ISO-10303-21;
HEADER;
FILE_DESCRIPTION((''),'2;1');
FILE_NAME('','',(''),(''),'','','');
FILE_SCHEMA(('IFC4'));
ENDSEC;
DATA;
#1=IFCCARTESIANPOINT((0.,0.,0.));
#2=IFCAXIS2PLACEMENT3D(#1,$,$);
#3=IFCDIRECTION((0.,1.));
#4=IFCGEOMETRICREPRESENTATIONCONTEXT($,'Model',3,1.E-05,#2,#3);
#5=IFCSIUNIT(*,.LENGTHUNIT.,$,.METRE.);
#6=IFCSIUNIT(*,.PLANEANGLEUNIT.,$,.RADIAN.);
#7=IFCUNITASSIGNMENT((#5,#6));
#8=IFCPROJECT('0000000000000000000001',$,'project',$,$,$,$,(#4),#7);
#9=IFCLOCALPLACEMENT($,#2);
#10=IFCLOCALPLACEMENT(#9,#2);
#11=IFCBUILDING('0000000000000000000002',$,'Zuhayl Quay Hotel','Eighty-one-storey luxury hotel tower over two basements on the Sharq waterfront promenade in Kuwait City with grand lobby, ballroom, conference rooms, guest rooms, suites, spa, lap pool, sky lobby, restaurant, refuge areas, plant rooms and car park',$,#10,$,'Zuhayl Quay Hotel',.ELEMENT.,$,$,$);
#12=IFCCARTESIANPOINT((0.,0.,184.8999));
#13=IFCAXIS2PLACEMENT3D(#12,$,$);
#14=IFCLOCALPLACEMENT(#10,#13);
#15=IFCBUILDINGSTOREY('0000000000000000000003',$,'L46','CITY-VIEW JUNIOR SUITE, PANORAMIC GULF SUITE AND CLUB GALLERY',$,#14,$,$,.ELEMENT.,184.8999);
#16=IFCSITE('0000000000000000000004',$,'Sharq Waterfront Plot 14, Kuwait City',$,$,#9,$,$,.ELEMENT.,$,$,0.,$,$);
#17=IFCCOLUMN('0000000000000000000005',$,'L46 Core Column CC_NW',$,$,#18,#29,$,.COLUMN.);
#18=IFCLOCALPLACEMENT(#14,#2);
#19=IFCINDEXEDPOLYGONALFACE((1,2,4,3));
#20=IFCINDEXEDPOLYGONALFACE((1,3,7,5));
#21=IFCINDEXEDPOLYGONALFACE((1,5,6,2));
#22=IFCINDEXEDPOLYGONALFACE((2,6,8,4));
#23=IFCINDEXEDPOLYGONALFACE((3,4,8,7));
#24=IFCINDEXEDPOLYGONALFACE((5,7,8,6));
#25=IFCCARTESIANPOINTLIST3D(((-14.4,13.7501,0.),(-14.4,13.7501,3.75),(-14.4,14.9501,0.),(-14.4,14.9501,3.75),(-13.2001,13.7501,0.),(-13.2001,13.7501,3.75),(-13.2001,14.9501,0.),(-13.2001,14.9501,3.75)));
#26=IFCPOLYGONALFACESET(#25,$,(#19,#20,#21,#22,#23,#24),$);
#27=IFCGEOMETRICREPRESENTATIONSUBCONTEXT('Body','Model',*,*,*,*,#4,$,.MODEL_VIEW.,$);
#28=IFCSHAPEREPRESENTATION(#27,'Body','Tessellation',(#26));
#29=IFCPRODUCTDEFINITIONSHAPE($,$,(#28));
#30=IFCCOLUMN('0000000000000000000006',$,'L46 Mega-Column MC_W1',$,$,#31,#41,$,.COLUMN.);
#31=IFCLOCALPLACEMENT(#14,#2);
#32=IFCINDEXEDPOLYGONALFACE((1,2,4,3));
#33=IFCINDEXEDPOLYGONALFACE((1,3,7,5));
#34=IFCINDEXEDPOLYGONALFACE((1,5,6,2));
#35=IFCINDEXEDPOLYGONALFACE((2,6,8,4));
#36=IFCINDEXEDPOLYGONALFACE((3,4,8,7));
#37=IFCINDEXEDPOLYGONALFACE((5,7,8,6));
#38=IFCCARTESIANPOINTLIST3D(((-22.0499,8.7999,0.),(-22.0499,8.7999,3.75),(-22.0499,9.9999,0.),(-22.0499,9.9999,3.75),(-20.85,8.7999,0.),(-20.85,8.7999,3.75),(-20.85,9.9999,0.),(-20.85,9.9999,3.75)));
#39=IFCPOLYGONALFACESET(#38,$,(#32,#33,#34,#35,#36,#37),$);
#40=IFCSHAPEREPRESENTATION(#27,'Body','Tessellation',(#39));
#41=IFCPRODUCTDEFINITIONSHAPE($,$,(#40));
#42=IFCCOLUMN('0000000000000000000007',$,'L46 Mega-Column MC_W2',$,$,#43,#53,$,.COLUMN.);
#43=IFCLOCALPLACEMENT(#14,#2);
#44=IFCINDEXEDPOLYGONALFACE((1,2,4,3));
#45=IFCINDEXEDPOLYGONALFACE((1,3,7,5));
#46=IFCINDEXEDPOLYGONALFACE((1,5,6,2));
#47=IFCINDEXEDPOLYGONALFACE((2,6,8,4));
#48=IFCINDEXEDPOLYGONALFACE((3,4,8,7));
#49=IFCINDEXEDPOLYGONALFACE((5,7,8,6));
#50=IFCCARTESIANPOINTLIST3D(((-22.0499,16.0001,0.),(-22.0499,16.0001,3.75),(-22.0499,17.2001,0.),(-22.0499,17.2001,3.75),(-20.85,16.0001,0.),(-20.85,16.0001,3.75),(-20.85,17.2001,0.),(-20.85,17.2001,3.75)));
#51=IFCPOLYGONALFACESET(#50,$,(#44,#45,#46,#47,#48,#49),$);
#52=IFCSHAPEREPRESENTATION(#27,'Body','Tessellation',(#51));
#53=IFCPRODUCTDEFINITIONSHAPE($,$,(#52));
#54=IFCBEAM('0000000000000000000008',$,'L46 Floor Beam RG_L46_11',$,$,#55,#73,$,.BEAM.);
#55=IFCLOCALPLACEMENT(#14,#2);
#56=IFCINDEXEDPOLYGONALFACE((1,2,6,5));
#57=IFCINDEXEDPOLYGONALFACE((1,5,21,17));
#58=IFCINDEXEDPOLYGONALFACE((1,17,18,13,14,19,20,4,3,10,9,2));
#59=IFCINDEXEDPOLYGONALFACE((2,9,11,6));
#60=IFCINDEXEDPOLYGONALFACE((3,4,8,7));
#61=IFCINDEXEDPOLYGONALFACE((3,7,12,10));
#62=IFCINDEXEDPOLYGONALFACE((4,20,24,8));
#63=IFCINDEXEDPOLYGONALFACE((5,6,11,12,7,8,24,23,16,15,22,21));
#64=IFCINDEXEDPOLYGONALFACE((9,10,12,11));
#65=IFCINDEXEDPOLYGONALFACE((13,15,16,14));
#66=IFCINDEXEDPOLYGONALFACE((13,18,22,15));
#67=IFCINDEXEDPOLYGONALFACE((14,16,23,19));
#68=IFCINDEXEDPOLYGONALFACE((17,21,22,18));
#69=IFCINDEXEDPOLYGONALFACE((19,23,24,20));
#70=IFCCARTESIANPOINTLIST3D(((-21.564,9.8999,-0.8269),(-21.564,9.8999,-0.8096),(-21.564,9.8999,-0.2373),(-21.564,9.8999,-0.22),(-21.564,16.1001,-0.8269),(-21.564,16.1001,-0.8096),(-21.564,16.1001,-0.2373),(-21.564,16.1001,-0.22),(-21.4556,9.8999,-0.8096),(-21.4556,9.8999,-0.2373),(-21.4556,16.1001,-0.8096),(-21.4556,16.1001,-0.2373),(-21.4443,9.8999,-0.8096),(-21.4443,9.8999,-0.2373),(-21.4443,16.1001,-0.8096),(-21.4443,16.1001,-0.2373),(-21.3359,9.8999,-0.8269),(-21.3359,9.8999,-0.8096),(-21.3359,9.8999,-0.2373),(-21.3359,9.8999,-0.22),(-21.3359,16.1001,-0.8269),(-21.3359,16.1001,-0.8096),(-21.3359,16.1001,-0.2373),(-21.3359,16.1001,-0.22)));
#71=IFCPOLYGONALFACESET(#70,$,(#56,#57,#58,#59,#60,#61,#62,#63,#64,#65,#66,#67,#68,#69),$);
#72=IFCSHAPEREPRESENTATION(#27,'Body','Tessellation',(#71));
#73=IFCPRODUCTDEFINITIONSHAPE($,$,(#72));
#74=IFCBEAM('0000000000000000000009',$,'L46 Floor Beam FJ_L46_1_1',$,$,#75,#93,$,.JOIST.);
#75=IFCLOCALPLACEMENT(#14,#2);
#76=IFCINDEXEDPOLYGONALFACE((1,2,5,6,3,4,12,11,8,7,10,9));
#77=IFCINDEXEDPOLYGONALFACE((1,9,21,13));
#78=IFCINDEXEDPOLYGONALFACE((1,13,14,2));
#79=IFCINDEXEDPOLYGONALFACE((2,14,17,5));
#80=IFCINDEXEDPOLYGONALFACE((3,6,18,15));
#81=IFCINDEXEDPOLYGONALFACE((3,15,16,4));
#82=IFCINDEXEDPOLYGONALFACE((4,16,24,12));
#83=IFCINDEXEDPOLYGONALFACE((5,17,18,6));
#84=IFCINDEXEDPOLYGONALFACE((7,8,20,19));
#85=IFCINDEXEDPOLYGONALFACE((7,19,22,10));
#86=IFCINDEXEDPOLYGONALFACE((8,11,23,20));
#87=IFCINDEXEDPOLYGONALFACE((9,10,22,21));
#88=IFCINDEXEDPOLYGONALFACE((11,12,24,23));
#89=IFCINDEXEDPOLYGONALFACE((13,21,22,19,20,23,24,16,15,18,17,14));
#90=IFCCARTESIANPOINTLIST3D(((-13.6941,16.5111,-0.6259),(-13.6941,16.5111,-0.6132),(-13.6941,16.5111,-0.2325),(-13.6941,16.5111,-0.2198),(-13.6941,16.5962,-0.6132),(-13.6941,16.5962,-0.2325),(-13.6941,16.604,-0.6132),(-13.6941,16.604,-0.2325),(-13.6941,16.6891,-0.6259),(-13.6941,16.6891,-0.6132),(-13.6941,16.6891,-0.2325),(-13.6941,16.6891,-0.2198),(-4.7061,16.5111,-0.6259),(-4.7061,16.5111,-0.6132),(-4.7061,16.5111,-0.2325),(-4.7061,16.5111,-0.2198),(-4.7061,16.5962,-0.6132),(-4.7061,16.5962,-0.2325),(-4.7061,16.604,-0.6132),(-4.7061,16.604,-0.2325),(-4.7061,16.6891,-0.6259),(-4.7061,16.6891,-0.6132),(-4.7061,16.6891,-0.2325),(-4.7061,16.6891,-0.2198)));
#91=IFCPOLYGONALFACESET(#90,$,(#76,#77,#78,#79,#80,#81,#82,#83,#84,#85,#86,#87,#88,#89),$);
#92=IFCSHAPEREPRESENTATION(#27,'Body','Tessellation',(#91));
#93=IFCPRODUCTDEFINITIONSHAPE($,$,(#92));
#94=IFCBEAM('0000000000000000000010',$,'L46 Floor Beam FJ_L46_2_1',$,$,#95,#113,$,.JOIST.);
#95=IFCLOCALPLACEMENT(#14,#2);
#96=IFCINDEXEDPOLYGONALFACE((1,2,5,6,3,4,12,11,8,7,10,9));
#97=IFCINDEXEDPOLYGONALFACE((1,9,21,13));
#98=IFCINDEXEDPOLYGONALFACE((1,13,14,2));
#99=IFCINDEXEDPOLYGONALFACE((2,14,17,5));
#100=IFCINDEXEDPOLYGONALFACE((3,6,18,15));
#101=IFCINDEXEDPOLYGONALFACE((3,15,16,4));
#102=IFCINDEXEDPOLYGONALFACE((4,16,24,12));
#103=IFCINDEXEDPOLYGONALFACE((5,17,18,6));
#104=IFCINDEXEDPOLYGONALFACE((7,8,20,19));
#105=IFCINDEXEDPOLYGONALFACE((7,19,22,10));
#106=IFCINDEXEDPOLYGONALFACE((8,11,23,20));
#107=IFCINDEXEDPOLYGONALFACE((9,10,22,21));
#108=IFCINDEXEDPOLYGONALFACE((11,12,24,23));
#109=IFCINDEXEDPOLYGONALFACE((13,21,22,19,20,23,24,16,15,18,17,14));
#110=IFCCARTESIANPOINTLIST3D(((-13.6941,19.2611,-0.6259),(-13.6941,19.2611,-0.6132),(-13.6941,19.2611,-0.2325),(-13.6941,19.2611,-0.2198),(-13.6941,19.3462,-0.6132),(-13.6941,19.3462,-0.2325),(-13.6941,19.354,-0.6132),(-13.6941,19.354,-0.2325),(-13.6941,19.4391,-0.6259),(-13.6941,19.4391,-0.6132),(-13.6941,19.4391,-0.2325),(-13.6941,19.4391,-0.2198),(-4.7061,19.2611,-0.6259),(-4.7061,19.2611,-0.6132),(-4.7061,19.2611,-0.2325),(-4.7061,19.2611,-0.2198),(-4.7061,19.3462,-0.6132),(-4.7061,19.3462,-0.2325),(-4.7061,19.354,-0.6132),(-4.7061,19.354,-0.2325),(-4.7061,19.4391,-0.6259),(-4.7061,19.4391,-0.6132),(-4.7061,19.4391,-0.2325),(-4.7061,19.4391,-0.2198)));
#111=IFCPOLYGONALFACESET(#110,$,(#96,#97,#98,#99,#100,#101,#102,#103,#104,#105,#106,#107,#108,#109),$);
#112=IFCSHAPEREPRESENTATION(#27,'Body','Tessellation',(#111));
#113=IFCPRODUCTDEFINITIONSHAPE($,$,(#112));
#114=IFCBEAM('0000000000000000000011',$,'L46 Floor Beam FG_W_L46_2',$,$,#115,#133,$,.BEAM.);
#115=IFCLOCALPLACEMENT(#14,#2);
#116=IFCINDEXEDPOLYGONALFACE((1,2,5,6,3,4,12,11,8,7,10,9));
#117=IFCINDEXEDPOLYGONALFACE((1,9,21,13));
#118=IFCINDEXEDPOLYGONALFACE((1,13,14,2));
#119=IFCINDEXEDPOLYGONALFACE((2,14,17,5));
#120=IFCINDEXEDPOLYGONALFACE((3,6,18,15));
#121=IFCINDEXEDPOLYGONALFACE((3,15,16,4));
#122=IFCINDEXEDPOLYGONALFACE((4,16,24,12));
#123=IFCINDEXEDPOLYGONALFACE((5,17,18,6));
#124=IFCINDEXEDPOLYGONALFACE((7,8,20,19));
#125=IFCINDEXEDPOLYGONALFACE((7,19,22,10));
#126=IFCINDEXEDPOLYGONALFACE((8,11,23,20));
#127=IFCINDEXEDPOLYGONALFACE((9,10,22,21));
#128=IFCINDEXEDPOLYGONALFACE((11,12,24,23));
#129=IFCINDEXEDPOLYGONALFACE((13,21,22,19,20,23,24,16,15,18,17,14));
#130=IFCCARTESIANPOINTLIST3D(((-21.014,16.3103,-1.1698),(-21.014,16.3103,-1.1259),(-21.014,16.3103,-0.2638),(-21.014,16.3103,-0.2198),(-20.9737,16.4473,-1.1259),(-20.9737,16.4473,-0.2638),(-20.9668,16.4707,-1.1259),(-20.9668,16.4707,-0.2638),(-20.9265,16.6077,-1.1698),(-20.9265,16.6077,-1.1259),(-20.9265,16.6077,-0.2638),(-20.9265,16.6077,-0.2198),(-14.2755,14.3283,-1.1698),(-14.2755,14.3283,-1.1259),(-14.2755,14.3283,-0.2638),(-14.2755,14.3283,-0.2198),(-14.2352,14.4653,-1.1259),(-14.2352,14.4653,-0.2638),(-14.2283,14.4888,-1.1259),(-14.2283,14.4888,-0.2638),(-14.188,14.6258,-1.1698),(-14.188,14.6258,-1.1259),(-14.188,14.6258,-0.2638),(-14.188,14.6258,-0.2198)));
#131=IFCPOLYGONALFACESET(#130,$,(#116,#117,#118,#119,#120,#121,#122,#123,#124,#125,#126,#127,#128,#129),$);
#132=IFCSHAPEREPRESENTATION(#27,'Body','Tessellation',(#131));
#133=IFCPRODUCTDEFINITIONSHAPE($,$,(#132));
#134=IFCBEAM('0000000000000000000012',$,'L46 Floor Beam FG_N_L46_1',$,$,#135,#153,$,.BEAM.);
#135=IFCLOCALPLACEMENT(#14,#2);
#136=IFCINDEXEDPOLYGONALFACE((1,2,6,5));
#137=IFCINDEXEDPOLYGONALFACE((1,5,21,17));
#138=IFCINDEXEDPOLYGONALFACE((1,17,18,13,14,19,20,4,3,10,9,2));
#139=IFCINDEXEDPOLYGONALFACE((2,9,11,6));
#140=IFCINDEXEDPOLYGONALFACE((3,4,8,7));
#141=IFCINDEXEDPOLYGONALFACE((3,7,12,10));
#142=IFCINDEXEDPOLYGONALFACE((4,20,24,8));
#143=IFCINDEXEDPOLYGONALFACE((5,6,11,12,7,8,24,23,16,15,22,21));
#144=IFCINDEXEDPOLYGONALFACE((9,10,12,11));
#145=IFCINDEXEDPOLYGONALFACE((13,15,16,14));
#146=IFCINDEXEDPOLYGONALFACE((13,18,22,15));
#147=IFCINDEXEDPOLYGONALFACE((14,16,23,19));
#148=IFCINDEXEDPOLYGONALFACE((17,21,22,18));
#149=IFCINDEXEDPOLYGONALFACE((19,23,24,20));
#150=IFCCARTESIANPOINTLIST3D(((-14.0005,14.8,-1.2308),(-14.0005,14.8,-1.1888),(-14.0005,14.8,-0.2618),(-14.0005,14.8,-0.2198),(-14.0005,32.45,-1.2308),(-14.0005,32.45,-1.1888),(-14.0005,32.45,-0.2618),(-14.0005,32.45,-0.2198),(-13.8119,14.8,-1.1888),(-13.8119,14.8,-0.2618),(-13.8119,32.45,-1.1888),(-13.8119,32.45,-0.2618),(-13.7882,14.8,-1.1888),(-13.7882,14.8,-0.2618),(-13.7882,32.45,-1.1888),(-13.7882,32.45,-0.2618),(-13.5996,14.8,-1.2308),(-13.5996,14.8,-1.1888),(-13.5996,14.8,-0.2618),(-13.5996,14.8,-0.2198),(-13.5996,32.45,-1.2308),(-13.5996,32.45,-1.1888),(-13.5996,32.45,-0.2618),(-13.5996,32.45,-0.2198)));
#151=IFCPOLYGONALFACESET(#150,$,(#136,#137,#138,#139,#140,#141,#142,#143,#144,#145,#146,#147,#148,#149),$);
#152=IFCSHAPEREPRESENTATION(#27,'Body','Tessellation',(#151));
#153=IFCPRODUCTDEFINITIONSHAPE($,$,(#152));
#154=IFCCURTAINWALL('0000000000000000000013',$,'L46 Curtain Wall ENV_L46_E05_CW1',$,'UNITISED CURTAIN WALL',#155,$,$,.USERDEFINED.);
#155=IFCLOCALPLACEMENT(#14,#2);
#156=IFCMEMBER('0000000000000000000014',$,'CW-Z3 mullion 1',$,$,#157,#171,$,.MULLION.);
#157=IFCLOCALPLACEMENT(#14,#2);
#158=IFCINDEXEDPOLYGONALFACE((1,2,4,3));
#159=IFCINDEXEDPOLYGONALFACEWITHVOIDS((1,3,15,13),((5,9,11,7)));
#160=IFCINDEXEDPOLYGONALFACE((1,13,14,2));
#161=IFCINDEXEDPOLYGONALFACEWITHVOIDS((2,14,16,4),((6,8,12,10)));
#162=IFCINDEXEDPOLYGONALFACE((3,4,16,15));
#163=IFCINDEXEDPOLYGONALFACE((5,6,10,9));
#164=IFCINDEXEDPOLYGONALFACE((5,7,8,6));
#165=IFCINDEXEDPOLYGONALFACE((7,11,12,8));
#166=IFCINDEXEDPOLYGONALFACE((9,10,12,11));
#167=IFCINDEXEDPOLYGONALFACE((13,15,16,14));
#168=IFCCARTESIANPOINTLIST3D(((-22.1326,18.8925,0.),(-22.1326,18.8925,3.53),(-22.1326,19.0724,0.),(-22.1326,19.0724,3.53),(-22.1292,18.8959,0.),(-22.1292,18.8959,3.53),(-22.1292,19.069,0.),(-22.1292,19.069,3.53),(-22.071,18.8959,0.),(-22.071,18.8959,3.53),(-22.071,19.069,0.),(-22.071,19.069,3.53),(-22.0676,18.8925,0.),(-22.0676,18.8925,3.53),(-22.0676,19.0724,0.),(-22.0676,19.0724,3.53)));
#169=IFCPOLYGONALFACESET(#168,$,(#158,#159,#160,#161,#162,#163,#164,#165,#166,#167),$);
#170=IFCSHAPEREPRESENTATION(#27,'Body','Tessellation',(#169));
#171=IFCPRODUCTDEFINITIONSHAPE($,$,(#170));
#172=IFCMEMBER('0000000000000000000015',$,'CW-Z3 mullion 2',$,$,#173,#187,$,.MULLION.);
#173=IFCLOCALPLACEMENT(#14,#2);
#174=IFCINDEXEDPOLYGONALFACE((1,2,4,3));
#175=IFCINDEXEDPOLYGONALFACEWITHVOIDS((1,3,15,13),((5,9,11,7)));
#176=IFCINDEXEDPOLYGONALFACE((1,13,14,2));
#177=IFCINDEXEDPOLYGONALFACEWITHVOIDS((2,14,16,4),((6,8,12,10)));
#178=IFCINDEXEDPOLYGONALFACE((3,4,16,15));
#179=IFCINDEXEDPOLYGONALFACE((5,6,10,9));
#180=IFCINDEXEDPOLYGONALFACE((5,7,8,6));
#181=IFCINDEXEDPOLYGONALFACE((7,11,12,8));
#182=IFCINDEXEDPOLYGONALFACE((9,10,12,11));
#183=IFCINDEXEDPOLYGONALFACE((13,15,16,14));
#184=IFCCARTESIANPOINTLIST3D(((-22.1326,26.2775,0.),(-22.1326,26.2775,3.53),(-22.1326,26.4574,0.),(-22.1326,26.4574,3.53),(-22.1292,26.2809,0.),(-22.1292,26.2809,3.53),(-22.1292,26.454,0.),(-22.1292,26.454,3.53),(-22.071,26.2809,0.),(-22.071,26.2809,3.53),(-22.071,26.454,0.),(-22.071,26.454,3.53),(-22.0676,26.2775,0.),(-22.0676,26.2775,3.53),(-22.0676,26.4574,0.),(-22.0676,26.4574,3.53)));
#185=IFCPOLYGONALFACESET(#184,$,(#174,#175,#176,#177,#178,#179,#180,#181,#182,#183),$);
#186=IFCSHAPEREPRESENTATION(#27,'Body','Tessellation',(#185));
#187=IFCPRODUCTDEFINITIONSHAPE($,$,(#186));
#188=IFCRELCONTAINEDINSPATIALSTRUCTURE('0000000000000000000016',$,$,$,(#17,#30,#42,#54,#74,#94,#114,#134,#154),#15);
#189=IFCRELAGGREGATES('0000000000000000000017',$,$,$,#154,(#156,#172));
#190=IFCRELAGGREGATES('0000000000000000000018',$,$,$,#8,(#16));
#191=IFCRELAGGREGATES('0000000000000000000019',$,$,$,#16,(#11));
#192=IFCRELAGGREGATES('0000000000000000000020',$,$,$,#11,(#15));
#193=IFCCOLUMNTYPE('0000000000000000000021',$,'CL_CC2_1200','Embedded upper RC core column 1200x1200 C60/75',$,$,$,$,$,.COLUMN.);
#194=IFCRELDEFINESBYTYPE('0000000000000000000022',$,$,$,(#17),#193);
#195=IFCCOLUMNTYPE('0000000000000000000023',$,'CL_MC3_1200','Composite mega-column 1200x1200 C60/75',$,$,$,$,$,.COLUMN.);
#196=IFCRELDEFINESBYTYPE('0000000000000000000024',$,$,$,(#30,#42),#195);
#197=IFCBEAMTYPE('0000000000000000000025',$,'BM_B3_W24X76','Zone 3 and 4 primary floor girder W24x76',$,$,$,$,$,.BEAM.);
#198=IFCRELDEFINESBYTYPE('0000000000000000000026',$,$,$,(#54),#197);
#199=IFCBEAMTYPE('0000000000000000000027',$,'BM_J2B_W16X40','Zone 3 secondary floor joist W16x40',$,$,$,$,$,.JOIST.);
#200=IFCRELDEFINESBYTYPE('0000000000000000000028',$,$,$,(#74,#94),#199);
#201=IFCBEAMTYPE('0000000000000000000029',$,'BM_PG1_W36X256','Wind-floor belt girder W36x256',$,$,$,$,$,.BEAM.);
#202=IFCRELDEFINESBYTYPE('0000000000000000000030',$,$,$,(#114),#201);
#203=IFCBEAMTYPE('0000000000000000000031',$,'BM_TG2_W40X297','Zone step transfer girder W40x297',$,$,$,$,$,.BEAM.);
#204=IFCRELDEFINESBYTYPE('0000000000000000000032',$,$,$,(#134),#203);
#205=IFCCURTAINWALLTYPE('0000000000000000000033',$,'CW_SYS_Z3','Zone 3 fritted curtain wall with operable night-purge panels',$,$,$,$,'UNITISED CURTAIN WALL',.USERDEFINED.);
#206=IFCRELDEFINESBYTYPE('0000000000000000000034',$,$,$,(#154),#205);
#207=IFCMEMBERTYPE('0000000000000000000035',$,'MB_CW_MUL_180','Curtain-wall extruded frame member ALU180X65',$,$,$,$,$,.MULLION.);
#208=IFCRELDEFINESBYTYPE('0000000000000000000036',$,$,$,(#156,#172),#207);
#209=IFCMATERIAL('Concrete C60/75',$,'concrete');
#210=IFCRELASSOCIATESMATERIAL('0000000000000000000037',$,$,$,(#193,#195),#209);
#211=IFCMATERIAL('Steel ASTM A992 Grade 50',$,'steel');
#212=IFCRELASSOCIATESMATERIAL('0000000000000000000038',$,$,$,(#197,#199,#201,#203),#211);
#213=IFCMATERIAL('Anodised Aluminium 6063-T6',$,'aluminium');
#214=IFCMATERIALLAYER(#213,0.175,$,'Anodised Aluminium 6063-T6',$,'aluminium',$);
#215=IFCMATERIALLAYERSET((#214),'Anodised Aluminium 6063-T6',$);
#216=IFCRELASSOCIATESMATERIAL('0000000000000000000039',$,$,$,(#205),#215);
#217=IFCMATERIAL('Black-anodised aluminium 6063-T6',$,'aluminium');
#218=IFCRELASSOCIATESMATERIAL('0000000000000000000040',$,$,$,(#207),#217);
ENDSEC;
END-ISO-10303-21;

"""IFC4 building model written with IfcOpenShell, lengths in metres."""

from ifc_helpers import new_model, si_unit, direction, frame, origin, origin_2d, place, context, subcontext, project, spatial, rectangle, hollow_rectangle, i_section, extrude, material, layer, layer_set, material_profile, profile_set, type_object, element, aggregate, save


model = new_model("IFC4")

# Units and contexts
model_context = context("Model", 3, precision=1e-05, world=origin(), true_north=direction((0.0, 1.0)))
body_context = subcontext(model_context, "Body", "Model", "MODEL_VIEW")
ifc_project = project(units=[si_unit("LENGTHUNIT", "METRE"), si_unit("PLANEANGLEUNIT", "RADIAN")], contexts=[model_context])

# Site, building, storey
site_placement = place(None, origin())
site = spatial("IfcSite", under=ifc_project, at=site_placement, Name="Sharq Waterfront Plot 14, Kuwait City", CompositionType="ELEMENT", RefElevation=0.0)
building_placement = place(site_placement, origin())
building = spatial("IfcBuilding", under=site, at=building_placement, Name="Zuhayl Quay Hotel", Description="Eighty-one-storey luxury hotel tower over two basements on the Sharq waterfront promenade in Kuwait City with grand lobby, ballroom, conference rooms, guest rooms, suites, spa, lap pool, sky lobby, restaurant, refuge areas, plant rooms and car park", LongName="Zuhayl Quay Hotel", CompositionType="ELEMENT")
storey_placement = place(building_placement, frame((0.0, 0.0, 184.8999)))
storey = spatial("IfcBuildingStorey", under=building, at=storey_placement, Name="L46", Description="CITY-VIEW JUNIOR SUITE, PANORAMIC GULF SUITE AND CLUB GALLERY", CompositionType="ELEMENT", Elevation=184.8999)

# Columns
ifc_material_1 = material(Name="Concrete C60/75", Category="concrete")
ifc_material_profile_1 = material_profile(ifc_material_1, rectangle(XDim=1.2, YDim=1.2, at=origin_2d()), Name="RC1200X1200")
ifc_profile_set_1 = profile_set([ifc_material_profile_1], Name="Concrete C60/75")
column_type_1 = type_object("IfcColumnType", Name="CL_CC2_1200", Description="Embedded upper RC core column 1200x1200 C60/75", PredefinedType="COLUMN", material=ifc_profile_set_1)
column_placement = place(storey_placement, frame((-13.8, 14.3501, 0.0), z_axis=(0.0, 0.0, 1.0), x_axis=(1.0, 0.0, 0.0)))
element("IfcColumn", 1, at=column_placement, inside=storey, type_object=column_type_1, Name="L46 Core Column CC_NW", PredefinedType="COLUMN", context=body_context, shape_type="SweptSolid", body=[
    extrude(rectangle(XDim=1.2, YDim=1.2, at=origin_2d()), origin(), (0.0, 0.0, 1.0), 3.75),
])
ifc_material_profile_2 = material_profile(ifc_material_1, rectangle(XDim=1.2, YDim=1.2, at=origin_2d()), Name="RC1200X1200")
ifc_profile_set_2 = profile_set([ifc_material_profile_2], Name="Concrete C60/75")
column_type_2 = type_object("IfcColumnType", Name="CL_MC3_1200", Description="Composite mega-column 1200x1200 C60/75", PredefinedType="COLUMN", material=ifc_profile_set_2)
for number, where, z_axis, x_axis, name in (
    (2, (-21.45, 9.3999, 0.0), (0.0, 0.0, 1.0), (1.0, 0.0, 0.0), "L46 Mega-Column MC_W1"),
    (3, (-21.45, 16.6001, 0.0), (0.0, 0.0, 1.0), (1.0, 0.0, 0.0), "L46 Mega-Column MC_W2"),
):
    element("IfcColumn", number, at=place(storey_placement, frame(where, z_axis=z_axis, x_axis=x_axis)), inside=storey, type_object=column_type_2, Name=name, PredefinedType="COLUMN", context=body_context, shape_type="SweptSolid", body=[
        extrude(rectangle(XDim=1.2, YDim=1.2, at=origin_2d()), origin(), (0.0, 0.0, 1.0), 3.75),
    ])

# Beams
ifc_material_2 = material(Name="Steel ASTM A992 Grade 50", Category="steel")
ifc_material_profile_3 = material_profile(ifc_material_2, i_section(OverallWidth=0.228, OverallDepth=0.6069, WebThickness=0.0112, FlangeThickness=0.0173, at=origin_2d()), Name="W24X76")
ifc_profile_set_3 = profile_set([ifc_material_profile_3], Name="Steel ASTM A992 Grade 50")
beam_type_1 = type_object("IfcBeamType", Name="BM_B3_W24X76", Description="Zone 3 and 4 primary floor girder W24x76", PredefinedType="BEAM", material=ifc_profile_set_3)
beam_1_placement = place(storey_placement, frame((-21.45, 16.1001, -0.5234), z_axis=(0.0, -1.0, 0.0), x_axis=(1.0, 0.0, 0.0)))
element("IfcBeam", 4, at=beam_1_placement, inside=storey, type_object=beam_type_1, Name="L46 Floor Beam RG_L46_11", PredefinedType="BEAM", context=body_context, shape_type="SweptSolid", body=[
    extrude(i_section(OverallWidth=0.228, OverallDepth=0.6069, WebThickness=0.0112, FlangeThickness=0.0173, at=origin_2d()), origin(), (0.0, 0.0, 1.0), 6.2002),
])
ifc_material_profile_4 = material_profile(ifc_material_2, i_section(OverallWidth=0.178, OverallDepth=0.406, WebThickness=0.0078, FlangeThickness=0.0127, at=origin_2d()), Name="W16X40")
ifc_profile_set_4 = profile_set([ifc_material_profile_4], Name="Steel ASTM A992 Grade 50")
beam_type_2 = type_object("IfcBeamType", Name="BM_J2B_W16X40", Description="Zone 3 secondary floor joist W16x40", PredefinedType="JOIST", material=ifc_profile_set_4)
for number, where, z_axis, x_axis, name in (
    (5, (-13.6941, 16.6001, -0.4229), (1.0, 0.0, 0.0), (0.0, 1.0, 0.0), "L46 Floor Beam FJ_L46_1_1"),
    (6, (-13.6941, 19.3501, -0.4229), (1.0, 0.0, 0.0), (0.0, 1.0, 0.0), "L46 Floor Beam FJ_L46_2_1"),
):
    element("IfcBeam", number, at=place(storey_placement, frame(where, z_axis=z_axis, x_axis=x_axis)), inside=storey, type_object=beam_type_2, Name=name, PredefinedType="JOIST", context=body_context, shape_type="SweptSolid", body=[
        extrude(i_section(OverallWidth=0.178, OverallDepth=0.406, WebThickness=0.0078, FlangeThickness=0.0127, at=origin_2d()), origin(), (0.0, 0.0, 1.0), 8.988),
    ])
ifc_material_profile_5 = material_profile(ifc_material_2, i_section(OverallWidth=0.3101, OverallDepth=0.95, WebThickness=0.0244, FlangeThickness=0.0439, at=origin_2d()), Name="W36X256")
ifc_profile_set_5 = profile_set([ifc_material_profile_5], Name="Steel ASTM A992 Grade 50")
beam_type_3 = type_object("IfcBeamType", Name="BM_PG1_W36X256", Description="Wind-floor belt girder W36x256", PredefinedType="BEAM", material=ifc_profile_set_5)
beam_2_placement = place(storey_placement, frame((-20.9702, 16.459, -0.6948), z_axis=(0.959365, -0.282168, 0.0), x_axis=(0.282168, 0.959365, 0.0)))
element("IfcBeam", 7, at=beam_2_placement, inside=storey, type_object=beam_type_3, Name="L46 Floor Beam FG_W_L46_2", PredefinedType="BEAM", context=body_context, shape_type="SweptSolid", body=[
    extrude(i_section(OverallWidth=0.3101, OverallDepth=0.95, WebThickness=0.0244, FlangeThickness=0.0439, at=origin_2d()), origin(), (0.0, 0.0, 1.0), 7.0239),
])
ifc_material_profile_6 = material_profile(ifc_material_2, i_section(OverallWidth=0.4009, OverallDepth=1.011, WebThickness=0.0237, FlangeThickness=0.042, at=origin_2d()), Name="W40X297")
ifc_profile_set_6 = profile_set([ifc_material_profile_6], Name="Steel ASTM A992 Grade 50")
beam_type_4 = type_object("IfcBeamType", Name="BM_TG2_W40X297", Description="Zone step transfer girder W40x297", PredefinedType="BEAM", material=ifc_profile_set_6)
beam_3_placement = place(storey_placement, frame((-13.8, 14.8, -0.7253), z_axis=(0.0, 1.0, 0.0), x_axis=(-1.0, 0.0, 0.0)))
element("IfcBeam", 8, at=beam_3_placement, inside=storey, type_object=beam_type_4, Name="L46 Floor Beam FG_N_L46_1", PredefinedType="BEAM", context=body_context, shape_type="SweptSolid", body=[
    extrude(i_section(OverallWidth=0.4009, OverallDepth=1.011, WebThickness=0.0237, FlangeThickness=0.042, at=origin_2d()), origin(), (0.0, 0.0, 1.0), 17.6499),
])

# Curtain wall, members
ifc_material_3 = material(Name="Anodised Aluminium 6063-T6", Category="aluminium")
ifc_layer_1 = layer(ifc_material_3, 0.175, Name="Anodised Aluminium 6063-T6", Category="aluminium")
ifc_layer_set_1 = layer_set([ifc_layer_1], Name="Anodised Aluminium 6063-T6")
curtain_wall_type = type_object("IfcCurtainWallType", Name="CW_SYS_Z3", Description="Zone 3 fritted curtain wall with operable night-purge panels", ElementType="UNITISED CURTAIN WALL", PredefinedType="USERDEFINED", material=ifc_layer_set_1)
curtain_wall_placement = place(storey_placement, origin())
curtain_wall = element("IfcCurtainWall", 9, at=curtain_wall_placement, inside=storey, type_object=curtain_wall_type, Name="L46 Curtain Wall ENV_L46_E05_CW1", ObjectType="UNITISED CURTAIN WALL", PredefinedType="USERDEFINED")
ifc_material_4 = material(Name="Black-anodised aluminium 6063-T6", Category="aluminium")
ifc_material_profile_7 = material_profile(ifc_material_4, hollow_rectangle(XDim=0.0649, YDim=0.1799, WallThickness=0.0034, at=origin_2d()), Name="ALU180X65")
ifc_profile_set_7 = profile_set([ifc_material_profile_7], Name="Black-anodised aluminium 6063-T6")
member_type_1 = type_object("IfcMemberType", Name="MB_CW_MUL_180", Description="Curtain-wall extruded frame member ALU180X65", PredefinedType="MULLION", material=ifc_profile_set_7)
member_1_placement = place(storey_placement, frame((-22.1001, 18.9824, 0.0), z_axis=(0.0, 0.0, 1.0), x_axis=(-1.0, 0.0, 0.0)))
member_1 = element("IfcMember", 10, at=member_1_placement, type_object=member_type_1, Name="CW-Z3 mullion 1", PredefinedType="MULLION", context=body_context, shape_type="SweptSolid", body=[
    extrude(hollow_rectangle(XDim=0.0649, YDim=0.1799, WallThickness=0.0034, at=origin_2d()), origin(), (0.0, 0.0, 1.0), 3.53),
])
member_2_placement = place(storey_placement, frame((-22.1001, 26.3674, 0.0), z_axis=(0.0, 0.0, 1.0), x_axis=(-1.0, 0.0, 0.0)))
member_2 = element("IfcMember", 11, at=member_2_placement, type_object=member_type_1, Name="CW-Z3 mullion 2", PredefinedType="MULLION", context=body_context, shape_type="SweptSolid", body=[
    extrude(hollow_rectangle(XDim=0.0649, YDim=0.1799, WallThickness=0.0034, at=origin_2d()), origin(), (0.0, 0.0, 1.0), 3.53),
])
aggregate(curtain_wall, [member_1, member_2])

save(model, "model.ifc")
